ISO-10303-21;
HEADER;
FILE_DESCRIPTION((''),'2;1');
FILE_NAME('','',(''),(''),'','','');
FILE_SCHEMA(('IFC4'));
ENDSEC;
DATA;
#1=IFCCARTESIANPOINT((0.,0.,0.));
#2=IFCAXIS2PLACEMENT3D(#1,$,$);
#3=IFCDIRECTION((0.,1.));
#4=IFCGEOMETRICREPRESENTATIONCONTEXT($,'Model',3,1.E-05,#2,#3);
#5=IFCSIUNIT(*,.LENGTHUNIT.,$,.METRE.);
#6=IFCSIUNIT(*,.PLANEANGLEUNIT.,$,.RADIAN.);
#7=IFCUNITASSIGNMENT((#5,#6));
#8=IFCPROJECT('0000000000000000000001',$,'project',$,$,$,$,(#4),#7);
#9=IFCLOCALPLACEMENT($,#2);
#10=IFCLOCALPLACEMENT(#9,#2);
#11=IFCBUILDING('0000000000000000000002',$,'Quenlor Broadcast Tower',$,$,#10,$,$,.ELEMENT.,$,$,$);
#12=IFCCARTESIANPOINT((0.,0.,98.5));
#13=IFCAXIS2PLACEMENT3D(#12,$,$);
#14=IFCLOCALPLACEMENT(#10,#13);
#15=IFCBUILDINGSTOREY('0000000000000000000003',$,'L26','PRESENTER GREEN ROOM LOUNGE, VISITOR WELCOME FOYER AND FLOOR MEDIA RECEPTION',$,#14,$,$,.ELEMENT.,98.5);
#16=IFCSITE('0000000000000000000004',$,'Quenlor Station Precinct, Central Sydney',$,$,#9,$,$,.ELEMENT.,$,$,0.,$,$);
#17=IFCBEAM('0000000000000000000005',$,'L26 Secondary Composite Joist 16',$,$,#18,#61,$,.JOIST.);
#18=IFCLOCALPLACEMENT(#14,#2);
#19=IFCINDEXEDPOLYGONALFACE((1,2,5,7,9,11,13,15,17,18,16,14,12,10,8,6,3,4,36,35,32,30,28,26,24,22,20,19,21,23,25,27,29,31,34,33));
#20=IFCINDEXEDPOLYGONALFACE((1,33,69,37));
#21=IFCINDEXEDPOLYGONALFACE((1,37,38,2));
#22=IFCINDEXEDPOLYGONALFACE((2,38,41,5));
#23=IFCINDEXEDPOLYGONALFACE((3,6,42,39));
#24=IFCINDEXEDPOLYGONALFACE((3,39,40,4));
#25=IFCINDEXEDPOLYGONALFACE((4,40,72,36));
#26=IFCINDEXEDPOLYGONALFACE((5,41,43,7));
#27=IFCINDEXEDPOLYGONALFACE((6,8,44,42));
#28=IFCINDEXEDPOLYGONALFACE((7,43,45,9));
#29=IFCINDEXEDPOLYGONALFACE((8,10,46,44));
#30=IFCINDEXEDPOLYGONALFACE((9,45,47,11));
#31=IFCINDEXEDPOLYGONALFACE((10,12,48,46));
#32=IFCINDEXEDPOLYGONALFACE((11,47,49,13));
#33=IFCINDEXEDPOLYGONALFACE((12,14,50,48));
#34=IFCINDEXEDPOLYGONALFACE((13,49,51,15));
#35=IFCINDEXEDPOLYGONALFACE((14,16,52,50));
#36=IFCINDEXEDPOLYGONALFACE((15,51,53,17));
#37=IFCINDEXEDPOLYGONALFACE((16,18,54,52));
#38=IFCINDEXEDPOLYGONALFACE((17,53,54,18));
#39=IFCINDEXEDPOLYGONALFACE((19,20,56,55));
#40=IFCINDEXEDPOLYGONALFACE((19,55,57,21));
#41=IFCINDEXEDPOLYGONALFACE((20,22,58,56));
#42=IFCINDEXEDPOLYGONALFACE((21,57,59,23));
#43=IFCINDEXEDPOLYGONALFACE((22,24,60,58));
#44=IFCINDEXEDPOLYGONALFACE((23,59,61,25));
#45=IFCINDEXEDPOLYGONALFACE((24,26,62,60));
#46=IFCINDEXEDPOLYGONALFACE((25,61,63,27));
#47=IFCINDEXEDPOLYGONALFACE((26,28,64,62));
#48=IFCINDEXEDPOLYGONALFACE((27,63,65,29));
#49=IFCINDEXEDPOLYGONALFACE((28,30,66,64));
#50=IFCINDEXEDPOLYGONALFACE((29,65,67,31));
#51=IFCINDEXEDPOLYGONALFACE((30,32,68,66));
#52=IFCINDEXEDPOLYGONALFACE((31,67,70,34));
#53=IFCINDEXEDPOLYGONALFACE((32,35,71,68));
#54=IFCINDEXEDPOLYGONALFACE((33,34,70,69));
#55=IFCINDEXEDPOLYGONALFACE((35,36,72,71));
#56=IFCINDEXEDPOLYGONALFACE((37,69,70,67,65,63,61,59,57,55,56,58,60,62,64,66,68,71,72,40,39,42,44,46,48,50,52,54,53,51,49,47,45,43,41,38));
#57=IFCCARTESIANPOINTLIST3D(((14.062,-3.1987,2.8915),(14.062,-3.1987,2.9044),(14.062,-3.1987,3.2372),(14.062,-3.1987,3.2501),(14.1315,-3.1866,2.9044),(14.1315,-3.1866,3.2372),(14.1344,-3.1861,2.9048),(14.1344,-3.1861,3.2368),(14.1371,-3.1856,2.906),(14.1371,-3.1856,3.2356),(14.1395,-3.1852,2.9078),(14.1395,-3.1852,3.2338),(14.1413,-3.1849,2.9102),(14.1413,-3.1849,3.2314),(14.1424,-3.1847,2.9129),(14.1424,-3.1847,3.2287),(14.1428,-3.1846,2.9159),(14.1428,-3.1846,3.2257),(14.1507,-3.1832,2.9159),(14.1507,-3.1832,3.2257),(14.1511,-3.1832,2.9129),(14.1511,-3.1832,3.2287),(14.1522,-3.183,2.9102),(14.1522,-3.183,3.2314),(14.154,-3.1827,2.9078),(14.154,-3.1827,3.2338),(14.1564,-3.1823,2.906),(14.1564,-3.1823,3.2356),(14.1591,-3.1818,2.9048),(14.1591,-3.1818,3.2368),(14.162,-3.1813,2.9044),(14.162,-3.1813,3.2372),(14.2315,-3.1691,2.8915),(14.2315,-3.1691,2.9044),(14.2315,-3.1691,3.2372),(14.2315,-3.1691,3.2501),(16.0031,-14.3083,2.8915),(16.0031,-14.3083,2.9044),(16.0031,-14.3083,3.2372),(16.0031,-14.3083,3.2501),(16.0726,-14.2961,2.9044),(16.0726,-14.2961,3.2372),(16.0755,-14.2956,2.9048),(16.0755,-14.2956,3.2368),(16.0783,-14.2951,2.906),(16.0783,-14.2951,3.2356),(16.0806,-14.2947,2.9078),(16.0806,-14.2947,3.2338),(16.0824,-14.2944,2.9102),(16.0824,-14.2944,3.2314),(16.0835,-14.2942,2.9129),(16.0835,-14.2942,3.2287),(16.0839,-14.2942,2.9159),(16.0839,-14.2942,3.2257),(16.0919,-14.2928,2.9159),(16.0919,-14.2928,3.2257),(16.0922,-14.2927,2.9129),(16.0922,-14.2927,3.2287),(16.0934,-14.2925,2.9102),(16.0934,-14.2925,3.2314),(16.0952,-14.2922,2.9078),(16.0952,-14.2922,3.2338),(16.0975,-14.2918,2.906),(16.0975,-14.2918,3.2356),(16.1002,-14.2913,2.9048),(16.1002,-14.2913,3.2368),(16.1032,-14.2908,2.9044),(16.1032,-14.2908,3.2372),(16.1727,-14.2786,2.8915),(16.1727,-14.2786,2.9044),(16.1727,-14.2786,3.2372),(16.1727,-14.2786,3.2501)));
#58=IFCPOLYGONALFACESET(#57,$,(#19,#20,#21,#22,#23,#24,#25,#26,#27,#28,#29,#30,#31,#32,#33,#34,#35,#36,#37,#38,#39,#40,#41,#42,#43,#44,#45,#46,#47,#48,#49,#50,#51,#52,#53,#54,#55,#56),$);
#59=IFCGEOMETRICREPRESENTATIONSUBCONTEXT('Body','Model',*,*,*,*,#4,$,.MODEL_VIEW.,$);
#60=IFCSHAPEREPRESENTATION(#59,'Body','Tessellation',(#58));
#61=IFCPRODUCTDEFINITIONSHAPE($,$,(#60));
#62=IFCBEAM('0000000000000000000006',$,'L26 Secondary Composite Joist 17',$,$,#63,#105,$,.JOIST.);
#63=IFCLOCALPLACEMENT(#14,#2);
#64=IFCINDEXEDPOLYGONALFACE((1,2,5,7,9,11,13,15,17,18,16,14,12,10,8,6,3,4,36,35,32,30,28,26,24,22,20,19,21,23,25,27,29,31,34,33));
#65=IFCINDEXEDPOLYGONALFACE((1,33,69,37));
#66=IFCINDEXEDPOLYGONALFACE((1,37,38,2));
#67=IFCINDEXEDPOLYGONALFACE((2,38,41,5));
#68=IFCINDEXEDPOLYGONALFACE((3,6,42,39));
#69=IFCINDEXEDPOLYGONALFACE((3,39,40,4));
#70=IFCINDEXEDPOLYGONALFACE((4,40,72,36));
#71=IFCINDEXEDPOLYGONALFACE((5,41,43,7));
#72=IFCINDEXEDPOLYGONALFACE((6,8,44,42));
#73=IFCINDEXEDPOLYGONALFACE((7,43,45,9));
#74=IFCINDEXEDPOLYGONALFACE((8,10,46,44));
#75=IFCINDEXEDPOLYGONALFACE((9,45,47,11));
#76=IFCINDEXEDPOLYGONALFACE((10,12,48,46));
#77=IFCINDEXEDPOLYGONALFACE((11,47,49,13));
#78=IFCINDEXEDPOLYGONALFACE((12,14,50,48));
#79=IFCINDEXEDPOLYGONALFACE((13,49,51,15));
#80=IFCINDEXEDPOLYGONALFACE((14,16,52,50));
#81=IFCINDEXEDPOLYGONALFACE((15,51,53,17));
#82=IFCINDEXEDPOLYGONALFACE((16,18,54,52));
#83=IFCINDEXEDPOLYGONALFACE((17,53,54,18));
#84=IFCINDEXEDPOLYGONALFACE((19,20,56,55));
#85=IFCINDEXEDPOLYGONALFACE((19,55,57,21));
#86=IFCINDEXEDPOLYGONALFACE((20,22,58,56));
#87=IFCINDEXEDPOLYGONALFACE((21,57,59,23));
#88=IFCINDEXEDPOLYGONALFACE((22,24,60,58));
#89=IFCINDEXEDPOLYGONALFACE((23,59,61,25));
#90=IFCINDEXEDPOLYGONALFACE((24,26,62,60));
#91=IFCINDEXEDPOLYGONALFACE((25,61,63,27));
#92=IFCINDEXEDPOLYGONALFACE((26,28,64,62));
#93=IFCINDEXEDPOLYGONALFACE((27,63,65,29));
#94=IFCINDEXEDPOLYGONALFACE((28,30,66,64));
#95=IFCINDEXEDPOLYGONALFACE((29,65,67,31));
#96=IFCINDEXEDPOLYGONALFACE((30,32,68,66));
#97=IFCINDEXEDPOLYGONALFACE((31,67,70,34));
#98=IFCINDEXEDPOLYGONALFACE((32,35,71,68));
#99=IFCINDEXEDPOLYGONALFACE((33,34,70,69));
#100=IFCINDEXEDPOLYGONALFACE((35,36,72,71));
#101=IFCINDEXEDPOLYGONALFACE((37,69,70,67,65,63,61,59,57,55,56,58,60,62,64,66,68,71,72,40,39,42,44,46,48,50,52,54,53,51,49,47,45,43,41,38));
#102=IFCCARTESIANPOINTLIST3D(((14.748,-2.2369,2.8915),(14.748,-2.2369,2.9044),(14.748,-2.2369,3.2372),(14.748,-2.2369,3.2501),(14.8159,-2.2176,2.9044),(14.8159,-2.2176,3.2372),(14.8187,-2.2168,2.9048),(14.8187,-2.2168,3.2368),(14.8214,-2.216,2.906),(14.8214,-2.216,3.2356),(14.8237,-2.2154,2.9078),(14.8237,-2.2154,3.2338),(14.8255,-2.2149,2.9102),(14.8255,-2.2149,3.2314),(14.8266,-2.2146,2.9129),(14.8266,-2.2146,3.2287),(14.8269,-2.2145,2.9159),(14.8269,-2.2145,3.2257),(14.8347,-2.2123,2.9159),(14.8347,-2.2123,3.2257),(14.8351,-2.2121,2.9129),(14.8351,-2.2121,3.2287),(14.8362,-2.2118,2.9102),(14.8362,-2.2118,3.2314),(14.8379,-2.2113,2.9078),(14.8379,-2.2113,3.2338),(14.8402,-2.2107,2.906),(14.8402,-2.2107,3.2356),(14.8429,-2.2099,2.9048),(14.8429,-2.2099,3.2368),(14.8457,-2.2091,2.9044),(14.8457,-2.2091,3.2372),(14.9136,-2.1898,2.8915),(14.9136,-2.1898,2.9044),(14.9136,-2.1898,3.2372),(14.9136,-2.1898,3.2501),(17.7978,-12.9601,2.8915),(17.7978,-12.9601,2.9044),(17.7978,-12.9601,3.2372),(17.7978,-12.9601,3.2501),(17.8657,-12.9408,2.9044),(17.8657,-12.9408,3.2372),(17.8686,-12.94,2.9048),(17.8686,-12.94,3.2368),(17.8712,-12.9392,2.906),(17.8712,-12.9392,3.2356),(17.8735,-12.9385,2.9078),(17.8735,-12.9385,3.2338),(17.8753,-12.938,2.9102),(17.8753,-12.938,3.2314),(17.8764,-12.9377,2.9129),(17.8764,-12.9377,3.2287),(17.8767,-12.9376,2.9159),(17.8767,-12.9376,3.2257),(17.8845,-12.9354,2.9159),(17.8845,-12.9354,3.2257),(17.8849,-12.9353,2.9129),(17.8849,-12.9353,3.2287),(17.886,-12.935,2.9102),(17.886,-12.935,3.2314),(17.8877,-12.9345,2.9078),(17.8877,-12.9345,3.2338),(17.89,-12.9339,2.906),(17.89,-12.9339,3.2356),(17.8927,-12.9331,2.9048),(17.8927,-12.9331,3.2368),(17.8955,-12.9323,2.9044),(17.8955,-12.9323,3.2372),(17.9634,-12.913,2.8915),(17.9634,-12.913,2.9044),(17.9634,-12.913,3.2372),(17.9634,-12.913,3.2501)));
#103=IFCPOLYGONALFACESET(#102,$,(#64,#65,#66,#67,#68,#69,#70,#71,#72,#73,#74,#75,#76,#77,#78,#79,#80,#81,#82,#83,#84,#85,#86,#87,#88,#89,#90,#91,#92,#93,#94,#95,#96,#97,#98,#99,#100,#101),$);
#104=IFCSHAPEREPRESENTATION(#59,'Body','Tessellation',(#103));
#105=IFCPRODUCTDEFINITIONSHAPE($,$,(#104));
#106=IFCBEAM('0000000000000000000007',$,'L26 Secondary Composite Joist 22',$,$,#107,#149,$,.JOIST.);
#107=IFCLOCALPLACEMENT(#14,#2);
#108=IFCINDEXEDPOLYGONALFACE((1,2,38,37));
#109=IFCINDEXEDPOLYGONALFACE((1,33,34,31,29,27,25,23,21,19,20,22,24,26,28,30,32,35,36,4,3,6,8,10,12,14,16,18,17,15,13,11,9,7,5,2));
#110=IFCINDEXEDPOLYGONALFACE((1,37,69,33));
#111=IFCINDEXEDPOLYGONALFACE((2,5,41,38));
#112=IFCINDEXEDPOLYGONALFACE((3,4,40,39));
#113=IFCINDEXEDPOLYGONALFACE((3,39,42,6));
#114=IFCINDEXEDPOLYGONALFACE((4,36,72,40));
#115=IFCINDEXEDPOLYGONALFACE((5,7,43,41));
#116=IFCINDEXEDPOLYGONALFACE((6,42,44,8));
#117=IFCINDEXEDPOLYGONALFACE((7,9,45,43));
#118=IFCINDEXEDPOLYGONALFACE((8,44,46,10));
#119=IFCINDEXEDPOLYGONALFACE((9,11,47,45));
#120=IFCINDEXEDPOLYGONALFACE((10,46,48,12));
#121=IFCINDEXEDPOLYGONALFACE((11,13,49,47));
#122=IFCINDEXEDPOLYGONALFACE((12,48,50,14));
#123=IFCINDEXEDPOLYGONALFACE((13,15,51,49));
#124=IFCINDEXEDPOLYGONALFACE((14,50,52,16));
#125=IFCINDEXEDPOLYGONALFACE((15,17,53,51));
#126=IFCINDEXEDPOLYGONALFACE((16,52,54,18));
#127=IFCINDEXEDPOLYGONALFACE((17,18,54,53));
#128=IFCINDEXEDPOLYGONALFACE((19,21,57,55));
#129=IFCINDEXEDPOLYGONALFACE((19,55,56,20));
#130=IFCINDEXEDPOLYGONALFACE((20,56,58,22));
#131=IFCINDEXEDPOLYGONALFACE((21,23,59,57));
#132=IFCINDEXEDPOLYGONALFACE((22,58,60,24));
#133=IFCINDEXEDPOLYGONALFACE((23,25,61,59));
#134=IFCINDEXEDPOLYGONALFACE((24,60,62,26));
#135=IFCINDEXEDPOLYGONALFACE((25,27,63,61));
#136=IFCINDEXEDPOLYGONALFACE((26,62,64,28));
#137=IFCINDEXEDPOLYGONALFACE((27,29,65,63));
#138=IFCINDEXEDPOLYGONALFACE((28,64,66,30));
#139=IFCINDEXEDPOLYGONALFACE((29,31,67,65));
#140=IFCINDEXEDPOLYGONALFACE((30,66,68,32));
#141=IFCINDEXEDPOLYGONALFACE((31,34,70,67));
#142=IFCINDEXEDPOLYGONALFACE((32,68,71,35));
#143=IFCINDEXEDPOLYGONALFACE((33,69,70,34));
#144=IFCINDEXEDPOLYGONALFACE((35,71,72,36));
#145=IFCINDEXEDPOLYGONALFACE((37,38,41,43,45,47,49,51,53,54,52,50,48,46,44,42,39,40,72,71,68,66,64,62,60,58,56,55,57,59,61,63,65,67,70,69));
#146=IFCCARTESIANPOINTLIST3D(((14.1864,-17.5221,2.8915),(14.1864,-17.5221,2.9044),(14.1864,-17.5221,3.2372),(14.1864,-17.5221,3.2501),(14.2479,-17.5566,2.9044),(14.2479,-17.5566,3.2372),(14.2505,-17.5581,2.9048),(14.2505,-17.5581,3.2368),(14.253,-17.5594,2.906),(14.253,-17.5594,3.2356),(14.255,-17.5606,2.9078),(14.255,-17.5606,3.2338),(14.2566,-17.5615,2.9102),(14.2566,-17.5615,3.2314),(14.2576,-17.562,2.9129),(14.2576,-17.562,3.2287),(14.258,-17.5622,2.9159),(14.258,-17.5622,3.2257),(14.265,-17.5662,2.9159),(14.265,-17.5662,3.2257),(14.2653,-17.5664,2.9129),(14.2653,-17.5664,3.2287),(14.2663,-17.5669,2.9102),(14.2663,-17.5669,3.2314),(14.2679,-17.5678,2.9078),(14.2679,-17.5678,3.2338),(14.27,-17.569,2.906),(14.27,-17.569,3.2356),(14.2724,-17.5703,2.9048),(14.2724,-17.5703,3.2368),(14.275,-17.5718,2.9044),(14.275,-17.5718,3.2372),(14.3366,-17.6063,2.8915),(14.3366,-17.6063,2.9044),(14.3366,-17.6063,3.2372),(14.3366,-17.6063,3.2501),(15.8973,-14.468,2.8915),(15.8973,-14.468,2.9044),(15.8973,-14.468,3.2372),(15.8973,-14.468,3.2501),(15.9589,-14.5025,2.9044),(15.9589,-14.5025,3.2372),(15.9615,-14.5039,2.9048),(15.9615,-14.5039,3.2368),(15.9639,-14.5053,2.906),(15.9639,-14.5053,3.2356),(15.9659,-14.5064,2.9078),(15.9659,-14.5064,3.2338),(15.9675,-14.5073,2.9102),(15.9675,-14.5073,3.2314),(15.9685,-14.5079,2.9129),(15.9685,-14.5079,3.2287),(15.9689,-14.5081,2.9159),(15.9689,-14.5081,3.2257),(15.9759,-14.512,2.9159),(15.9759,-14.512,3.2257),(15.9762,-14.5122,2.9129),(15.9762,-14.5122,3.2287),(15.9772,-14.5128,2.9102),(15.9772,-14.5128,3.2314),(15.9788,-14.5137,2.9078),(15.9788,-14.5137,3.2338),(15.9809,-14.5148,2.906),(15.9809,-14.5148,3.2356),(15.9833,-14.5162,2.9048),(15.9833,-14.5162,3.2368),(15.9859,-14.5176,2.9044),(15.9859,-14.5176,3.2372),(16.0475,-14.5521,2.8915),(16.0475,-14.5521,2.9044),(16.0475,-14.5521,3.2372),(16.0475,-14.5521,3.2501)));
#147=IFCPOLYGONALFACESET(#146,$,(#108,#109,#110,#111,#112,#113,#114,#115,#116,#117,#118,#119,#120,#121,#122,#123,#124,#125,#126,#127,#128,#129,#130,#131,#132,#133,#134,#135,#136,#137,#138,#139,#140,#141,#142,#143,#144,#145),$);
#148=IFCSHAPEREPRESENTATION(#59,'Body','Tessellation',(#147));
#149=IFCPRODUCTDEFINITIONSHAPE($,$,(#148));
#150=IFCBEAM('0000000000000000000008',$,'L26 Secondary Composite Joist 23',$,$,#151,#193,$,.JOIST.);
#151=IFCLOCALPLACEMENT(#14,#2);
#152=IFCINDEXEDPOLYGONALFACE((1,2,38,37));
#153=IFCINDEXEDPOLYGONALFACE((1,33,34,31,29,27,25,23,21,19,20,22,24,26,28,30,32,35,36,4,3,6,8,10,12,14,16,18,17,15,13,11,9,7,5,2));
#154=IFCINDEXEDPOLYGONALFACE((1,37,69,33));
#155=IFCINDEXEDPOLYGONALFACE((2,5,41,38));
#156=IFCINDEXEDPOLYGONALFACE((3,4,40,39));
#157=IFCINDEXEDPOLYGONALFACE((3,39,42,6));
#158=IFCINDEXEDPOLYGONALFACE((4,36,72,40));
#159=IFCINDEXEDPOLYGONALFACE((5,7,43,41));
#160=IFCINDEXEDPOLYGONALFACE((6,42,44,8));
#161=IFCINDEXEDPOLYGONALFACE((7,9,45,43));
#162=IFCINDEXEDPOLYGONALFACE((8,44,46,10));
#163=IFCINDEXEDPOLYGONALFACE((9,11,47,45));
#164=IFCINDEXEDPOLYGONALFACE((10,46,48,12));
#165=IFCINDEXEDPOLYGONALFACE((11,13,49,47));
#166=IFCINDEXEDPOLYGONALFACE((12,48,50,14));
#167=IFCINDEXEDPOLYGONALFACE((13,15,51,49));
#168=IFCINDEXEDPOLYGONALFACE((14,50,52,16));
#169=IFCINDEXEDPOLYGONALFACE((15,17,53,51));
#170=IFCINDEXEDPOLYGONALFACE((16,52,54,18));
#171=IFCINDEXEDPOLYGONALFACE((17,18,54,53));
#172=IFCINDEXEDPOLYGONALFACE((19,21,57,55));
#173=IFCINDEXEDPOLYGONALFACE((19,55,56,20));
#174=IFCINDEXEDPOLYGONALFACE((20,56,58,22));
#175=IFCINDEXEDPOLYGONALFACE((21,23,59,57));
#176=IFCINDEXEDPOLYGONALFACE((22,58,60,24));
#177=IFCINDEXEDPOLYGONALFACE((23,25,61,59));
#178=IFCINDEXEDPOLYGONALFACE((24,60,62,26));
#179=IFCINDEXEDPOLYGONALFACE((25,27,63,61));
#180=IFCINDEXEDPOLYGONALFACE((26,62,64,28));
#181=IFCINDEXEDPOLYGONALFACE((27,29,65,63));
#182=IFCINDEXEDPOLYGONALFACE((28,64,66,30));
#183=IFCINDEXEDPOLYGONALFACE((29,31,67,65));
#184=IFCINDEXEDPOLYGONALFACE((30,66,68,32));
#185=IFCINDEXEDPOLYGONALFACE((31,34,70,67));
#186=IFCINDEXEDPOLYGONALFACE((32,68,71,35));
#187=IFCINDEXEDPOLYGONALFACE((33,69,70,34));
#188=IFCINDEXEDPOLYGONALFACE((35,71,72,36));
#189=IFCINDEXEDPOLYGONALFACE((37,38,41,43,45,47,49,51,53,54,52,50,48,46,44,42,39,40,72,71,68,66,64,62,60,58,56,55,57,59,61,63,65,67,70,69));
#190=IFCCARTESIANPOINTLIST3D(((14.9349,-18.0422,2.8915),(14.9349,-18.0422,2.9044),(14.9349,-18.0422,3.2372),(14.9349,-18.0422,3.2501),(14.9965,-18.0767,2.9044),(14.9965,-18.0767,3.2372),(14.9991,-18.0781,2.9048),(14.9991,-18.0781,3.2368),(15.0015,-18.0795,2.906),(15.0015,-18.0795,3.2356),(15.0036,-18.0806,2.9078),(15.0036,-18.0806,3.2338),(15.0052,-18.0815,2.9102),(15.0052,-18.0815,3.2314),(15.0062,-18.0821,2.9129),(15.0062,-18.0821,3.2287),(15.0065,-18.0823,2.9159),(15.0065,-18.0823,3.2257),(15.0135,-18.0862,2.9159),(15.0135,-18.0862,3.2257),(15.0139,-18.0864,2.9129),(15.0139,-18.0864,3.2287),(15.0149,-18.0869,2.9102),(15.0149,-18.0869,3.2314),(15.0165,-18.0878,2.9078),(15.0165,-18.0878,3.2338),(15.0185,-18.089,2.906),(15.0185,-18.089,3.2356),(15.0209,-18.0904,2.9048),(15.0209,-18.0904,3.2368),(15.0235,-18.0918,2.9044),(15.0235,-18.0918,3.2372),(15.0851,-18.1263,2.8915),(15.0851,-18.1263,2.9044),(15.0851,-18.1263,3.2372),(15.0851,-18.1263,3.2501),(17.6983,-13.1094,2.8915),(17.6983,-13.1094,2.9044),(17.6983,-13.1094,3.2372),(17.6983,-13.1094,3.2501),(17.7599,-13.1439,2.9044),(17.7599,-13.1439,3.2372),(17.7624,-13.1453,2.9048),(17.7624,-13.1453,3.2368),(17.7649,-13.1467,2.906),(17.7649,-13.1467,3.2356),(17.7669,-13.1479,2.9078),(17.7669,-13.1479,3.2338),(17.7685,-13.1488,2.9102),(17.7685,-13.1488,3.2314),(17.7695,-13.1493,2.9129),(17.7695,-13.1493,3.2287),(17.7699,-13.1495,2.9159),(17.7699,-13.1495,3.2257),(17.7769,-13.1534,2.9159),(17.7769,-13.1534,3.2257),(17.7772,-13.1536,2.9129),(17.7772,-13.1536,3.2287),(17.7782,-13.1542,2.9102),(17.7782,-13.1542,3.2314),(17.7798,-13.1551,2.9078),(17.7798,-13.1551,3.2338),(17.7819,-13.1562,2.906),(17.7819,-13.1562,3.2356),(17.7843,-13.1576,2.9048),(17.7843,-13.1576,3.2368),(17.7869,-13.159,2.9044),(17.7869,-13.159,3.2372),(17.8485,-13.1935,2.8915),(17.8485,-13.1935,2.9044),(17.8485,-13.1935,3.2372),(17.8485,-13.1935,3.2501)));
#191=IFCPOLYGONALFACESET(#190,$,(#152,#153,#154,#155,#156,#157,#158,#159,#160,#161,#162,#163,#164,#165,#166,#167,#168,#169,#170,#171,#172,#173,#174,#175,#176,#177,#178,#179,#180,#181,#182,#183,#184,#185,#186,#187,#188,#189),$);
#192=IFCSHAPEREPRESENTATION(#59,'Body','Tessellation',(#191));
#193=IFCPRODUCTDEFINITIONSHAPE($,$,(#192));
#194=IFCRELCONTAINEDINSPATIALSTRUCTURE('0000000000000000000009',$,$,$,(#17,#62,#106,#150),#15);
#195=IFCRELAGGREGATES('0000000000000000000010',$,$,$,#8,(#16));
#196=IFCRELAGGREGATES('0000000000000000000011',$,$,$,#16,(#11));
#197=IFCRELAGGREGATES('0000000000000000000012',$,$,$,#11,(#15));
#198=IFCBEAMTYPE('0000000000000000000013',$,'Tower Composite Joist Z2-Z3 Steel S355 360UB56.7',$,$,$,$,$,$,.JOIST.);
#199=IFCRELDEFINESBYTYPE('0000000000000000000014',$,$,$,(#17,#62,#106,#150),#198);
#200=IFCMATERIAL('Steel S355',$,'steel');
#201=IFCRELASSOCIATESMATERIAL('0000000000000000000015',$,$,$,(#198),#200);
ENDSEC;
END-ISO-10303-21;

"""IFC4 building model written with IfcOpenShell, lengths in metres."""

from ifc_helpers import new_model, si_unit, direction, frame, origin, origin_2d, place, context, subcontext, project, spatial, i_section, extrude, material, material_profile, profile_set, type_object, element, save


model = new_model("IFC4")

# Units and contexts
model_context = context("Model", 3, precision=1e-05, world=origin(), true_north=direction((0.0, 1.0)))
body_context = subcontext(model_context, "Body", "Model", "MODEL_VIEW")
ifc_project = project(units=[si_unit("LENGTHUNIT", "METRE"), si_unit("PLANEANGLEUNIT", "RADIAN")], contexts=[model_context])

# Site, building, storey
site_placement = place(None, origin())
site = spatial("IfcSite", under=ifc_project, at=site_placement, Name="Quenlor Station Precinct, Central Sydney", CompositionType="ELEMENT", RefElevation=0.0)
building_placement = place(site_placement, origin())
building = spatial("IfcBuilding", under=site, at=building_placement, Name="Quenlor Broadcast Tower", CompositionType="ELEMENT")
storey_placement = place(building_placement, frame((0.0, 0.0, 98.5)))
storey = spatial("IfcBuildingStorey", under=building, at=storey_placement, Name="L26", Description="PRESENTER GREEN ROOM LOUNGE, VISITOR WELCOME FOYER AND FLOOR MEDIA RECEPTION", CompositionType="ELEMENT", Elevation=98.5)

# Beams
ifc_material_1 = material(Name="Steel S355", Category="steel")
ifc_material_profile_1 = material_profile(ifc_material_1, i_section(OverallWidth=0.1721, OverallDepth=0.3586, WebThickness=0.0081, FlangeThickness=0.0129, FilletRadius=0.0115, at=origin_2d()))
ifc_profile_set_1 = profile_set([ifc_material_profile_1], Name="Steel S355 360UB56.7")
beam_type_1 = type_object("IfcBeamType", Name="Tower Composite Joist Z2-Z3 Steel S355 360UB56.7", PredefinedType="JOIST", material=ifc_profile_set_1)
beam_1_placement = place(storey_placement, frame((16.0879, -14.2935, 3.0708), z_axis=(-0.17212, 0.985076, 0.0), x_axis=(-0.985076, -0.17212, 0.0)))
element("IfcBeam", 1, at=beam_1_placement, inside=storey, type_object=beam_type_1, Name="L26 Secondary Composite Joist 16", PredefinedType="JOIST", context=body_context, shape_type="SweptSolid", body=[
    extrude(i_section(OverallWidth=0.1721, OverallDepth=0.3586, WebThickness=0.0081, FlangeThickness=0.0129, FilletRadius=0.0115, at=origin_2d()), origin(), (0.0, 0.0, 1.0), 11.2778),
])
beam_2_placement = place(storey_placement, frame((17.8806, -12.9365, 3.0708), z_axis=(-0.273564, 0.961854, 0.0), x_axis=(-0.961854, -0.273564, 0.0)))
element("IfcBeam", 2, at=beam_2_placement, inside=storey, type_object=beam_type_1, Name="L26 Secondary Composite Joist 17", PredefinedType="JOIST", context=body_context, shape_type="SweptSolid", body=[
    extrude(i_section(OverallWidth=0.1721, OverallDepth=0.3586, WebThickness=0.0081, FlangeThickness=0.0129, FilletRadius=0.0115, at=origin_2d()), origin(), (0.0, 0.0, 1.0), 11.1484),
])
beam_3_placement = place(storey_placement, frame((14.2615, -17.5642, 3.0708), z_axis=(0.488731, 0.872435, 0.0), x_axis=(-0.872435, 0.488731, 0.0)))
element("IfcBeam", 3, at=beam_3_placement, inside=storey, type_object=beam_type_1, Name="L26 Secondary Composite Joist 22", PredefinedType="JOIST", context=body_context, shape_type="SweptSolid", body=[
    extrude(i_section(OverallWidth=0.1721, OverallDepth=0.3586, WebThickness=0.0081, FlangeThickness=0.0129, FilletRadius=0.0115, at=origin_2d()), origin(), (0.0, 0.0, 1.0), 3.5007),
])
beam_4_placement = place(storey_placement, frame((15.01, -18.0842, 3.0708), z_axis=(0.488741, 0.872429, 0.0), x_axis=(-0.872429, 0.488741, 0.0)))
element("IfcBeam", 4, at=beam_4_placement, inside=storey, type_object=beam_type_1, Name="L26 Secondary Composite Joist 23", PredefinedType="JOIST", context=body_context, shape_type="SweptSolid", body=[
    extrude(i_section(OverallWidth=0.1721, OverallDepth=0.3586, WebThickness=0.0081, FlangeThickness=0.0129, FilletRadius=0.0115, at=origin_2d()), origin(), (0.0, 0.0, 1.0), 5.6541),
])

save(model, "model.ifc")
